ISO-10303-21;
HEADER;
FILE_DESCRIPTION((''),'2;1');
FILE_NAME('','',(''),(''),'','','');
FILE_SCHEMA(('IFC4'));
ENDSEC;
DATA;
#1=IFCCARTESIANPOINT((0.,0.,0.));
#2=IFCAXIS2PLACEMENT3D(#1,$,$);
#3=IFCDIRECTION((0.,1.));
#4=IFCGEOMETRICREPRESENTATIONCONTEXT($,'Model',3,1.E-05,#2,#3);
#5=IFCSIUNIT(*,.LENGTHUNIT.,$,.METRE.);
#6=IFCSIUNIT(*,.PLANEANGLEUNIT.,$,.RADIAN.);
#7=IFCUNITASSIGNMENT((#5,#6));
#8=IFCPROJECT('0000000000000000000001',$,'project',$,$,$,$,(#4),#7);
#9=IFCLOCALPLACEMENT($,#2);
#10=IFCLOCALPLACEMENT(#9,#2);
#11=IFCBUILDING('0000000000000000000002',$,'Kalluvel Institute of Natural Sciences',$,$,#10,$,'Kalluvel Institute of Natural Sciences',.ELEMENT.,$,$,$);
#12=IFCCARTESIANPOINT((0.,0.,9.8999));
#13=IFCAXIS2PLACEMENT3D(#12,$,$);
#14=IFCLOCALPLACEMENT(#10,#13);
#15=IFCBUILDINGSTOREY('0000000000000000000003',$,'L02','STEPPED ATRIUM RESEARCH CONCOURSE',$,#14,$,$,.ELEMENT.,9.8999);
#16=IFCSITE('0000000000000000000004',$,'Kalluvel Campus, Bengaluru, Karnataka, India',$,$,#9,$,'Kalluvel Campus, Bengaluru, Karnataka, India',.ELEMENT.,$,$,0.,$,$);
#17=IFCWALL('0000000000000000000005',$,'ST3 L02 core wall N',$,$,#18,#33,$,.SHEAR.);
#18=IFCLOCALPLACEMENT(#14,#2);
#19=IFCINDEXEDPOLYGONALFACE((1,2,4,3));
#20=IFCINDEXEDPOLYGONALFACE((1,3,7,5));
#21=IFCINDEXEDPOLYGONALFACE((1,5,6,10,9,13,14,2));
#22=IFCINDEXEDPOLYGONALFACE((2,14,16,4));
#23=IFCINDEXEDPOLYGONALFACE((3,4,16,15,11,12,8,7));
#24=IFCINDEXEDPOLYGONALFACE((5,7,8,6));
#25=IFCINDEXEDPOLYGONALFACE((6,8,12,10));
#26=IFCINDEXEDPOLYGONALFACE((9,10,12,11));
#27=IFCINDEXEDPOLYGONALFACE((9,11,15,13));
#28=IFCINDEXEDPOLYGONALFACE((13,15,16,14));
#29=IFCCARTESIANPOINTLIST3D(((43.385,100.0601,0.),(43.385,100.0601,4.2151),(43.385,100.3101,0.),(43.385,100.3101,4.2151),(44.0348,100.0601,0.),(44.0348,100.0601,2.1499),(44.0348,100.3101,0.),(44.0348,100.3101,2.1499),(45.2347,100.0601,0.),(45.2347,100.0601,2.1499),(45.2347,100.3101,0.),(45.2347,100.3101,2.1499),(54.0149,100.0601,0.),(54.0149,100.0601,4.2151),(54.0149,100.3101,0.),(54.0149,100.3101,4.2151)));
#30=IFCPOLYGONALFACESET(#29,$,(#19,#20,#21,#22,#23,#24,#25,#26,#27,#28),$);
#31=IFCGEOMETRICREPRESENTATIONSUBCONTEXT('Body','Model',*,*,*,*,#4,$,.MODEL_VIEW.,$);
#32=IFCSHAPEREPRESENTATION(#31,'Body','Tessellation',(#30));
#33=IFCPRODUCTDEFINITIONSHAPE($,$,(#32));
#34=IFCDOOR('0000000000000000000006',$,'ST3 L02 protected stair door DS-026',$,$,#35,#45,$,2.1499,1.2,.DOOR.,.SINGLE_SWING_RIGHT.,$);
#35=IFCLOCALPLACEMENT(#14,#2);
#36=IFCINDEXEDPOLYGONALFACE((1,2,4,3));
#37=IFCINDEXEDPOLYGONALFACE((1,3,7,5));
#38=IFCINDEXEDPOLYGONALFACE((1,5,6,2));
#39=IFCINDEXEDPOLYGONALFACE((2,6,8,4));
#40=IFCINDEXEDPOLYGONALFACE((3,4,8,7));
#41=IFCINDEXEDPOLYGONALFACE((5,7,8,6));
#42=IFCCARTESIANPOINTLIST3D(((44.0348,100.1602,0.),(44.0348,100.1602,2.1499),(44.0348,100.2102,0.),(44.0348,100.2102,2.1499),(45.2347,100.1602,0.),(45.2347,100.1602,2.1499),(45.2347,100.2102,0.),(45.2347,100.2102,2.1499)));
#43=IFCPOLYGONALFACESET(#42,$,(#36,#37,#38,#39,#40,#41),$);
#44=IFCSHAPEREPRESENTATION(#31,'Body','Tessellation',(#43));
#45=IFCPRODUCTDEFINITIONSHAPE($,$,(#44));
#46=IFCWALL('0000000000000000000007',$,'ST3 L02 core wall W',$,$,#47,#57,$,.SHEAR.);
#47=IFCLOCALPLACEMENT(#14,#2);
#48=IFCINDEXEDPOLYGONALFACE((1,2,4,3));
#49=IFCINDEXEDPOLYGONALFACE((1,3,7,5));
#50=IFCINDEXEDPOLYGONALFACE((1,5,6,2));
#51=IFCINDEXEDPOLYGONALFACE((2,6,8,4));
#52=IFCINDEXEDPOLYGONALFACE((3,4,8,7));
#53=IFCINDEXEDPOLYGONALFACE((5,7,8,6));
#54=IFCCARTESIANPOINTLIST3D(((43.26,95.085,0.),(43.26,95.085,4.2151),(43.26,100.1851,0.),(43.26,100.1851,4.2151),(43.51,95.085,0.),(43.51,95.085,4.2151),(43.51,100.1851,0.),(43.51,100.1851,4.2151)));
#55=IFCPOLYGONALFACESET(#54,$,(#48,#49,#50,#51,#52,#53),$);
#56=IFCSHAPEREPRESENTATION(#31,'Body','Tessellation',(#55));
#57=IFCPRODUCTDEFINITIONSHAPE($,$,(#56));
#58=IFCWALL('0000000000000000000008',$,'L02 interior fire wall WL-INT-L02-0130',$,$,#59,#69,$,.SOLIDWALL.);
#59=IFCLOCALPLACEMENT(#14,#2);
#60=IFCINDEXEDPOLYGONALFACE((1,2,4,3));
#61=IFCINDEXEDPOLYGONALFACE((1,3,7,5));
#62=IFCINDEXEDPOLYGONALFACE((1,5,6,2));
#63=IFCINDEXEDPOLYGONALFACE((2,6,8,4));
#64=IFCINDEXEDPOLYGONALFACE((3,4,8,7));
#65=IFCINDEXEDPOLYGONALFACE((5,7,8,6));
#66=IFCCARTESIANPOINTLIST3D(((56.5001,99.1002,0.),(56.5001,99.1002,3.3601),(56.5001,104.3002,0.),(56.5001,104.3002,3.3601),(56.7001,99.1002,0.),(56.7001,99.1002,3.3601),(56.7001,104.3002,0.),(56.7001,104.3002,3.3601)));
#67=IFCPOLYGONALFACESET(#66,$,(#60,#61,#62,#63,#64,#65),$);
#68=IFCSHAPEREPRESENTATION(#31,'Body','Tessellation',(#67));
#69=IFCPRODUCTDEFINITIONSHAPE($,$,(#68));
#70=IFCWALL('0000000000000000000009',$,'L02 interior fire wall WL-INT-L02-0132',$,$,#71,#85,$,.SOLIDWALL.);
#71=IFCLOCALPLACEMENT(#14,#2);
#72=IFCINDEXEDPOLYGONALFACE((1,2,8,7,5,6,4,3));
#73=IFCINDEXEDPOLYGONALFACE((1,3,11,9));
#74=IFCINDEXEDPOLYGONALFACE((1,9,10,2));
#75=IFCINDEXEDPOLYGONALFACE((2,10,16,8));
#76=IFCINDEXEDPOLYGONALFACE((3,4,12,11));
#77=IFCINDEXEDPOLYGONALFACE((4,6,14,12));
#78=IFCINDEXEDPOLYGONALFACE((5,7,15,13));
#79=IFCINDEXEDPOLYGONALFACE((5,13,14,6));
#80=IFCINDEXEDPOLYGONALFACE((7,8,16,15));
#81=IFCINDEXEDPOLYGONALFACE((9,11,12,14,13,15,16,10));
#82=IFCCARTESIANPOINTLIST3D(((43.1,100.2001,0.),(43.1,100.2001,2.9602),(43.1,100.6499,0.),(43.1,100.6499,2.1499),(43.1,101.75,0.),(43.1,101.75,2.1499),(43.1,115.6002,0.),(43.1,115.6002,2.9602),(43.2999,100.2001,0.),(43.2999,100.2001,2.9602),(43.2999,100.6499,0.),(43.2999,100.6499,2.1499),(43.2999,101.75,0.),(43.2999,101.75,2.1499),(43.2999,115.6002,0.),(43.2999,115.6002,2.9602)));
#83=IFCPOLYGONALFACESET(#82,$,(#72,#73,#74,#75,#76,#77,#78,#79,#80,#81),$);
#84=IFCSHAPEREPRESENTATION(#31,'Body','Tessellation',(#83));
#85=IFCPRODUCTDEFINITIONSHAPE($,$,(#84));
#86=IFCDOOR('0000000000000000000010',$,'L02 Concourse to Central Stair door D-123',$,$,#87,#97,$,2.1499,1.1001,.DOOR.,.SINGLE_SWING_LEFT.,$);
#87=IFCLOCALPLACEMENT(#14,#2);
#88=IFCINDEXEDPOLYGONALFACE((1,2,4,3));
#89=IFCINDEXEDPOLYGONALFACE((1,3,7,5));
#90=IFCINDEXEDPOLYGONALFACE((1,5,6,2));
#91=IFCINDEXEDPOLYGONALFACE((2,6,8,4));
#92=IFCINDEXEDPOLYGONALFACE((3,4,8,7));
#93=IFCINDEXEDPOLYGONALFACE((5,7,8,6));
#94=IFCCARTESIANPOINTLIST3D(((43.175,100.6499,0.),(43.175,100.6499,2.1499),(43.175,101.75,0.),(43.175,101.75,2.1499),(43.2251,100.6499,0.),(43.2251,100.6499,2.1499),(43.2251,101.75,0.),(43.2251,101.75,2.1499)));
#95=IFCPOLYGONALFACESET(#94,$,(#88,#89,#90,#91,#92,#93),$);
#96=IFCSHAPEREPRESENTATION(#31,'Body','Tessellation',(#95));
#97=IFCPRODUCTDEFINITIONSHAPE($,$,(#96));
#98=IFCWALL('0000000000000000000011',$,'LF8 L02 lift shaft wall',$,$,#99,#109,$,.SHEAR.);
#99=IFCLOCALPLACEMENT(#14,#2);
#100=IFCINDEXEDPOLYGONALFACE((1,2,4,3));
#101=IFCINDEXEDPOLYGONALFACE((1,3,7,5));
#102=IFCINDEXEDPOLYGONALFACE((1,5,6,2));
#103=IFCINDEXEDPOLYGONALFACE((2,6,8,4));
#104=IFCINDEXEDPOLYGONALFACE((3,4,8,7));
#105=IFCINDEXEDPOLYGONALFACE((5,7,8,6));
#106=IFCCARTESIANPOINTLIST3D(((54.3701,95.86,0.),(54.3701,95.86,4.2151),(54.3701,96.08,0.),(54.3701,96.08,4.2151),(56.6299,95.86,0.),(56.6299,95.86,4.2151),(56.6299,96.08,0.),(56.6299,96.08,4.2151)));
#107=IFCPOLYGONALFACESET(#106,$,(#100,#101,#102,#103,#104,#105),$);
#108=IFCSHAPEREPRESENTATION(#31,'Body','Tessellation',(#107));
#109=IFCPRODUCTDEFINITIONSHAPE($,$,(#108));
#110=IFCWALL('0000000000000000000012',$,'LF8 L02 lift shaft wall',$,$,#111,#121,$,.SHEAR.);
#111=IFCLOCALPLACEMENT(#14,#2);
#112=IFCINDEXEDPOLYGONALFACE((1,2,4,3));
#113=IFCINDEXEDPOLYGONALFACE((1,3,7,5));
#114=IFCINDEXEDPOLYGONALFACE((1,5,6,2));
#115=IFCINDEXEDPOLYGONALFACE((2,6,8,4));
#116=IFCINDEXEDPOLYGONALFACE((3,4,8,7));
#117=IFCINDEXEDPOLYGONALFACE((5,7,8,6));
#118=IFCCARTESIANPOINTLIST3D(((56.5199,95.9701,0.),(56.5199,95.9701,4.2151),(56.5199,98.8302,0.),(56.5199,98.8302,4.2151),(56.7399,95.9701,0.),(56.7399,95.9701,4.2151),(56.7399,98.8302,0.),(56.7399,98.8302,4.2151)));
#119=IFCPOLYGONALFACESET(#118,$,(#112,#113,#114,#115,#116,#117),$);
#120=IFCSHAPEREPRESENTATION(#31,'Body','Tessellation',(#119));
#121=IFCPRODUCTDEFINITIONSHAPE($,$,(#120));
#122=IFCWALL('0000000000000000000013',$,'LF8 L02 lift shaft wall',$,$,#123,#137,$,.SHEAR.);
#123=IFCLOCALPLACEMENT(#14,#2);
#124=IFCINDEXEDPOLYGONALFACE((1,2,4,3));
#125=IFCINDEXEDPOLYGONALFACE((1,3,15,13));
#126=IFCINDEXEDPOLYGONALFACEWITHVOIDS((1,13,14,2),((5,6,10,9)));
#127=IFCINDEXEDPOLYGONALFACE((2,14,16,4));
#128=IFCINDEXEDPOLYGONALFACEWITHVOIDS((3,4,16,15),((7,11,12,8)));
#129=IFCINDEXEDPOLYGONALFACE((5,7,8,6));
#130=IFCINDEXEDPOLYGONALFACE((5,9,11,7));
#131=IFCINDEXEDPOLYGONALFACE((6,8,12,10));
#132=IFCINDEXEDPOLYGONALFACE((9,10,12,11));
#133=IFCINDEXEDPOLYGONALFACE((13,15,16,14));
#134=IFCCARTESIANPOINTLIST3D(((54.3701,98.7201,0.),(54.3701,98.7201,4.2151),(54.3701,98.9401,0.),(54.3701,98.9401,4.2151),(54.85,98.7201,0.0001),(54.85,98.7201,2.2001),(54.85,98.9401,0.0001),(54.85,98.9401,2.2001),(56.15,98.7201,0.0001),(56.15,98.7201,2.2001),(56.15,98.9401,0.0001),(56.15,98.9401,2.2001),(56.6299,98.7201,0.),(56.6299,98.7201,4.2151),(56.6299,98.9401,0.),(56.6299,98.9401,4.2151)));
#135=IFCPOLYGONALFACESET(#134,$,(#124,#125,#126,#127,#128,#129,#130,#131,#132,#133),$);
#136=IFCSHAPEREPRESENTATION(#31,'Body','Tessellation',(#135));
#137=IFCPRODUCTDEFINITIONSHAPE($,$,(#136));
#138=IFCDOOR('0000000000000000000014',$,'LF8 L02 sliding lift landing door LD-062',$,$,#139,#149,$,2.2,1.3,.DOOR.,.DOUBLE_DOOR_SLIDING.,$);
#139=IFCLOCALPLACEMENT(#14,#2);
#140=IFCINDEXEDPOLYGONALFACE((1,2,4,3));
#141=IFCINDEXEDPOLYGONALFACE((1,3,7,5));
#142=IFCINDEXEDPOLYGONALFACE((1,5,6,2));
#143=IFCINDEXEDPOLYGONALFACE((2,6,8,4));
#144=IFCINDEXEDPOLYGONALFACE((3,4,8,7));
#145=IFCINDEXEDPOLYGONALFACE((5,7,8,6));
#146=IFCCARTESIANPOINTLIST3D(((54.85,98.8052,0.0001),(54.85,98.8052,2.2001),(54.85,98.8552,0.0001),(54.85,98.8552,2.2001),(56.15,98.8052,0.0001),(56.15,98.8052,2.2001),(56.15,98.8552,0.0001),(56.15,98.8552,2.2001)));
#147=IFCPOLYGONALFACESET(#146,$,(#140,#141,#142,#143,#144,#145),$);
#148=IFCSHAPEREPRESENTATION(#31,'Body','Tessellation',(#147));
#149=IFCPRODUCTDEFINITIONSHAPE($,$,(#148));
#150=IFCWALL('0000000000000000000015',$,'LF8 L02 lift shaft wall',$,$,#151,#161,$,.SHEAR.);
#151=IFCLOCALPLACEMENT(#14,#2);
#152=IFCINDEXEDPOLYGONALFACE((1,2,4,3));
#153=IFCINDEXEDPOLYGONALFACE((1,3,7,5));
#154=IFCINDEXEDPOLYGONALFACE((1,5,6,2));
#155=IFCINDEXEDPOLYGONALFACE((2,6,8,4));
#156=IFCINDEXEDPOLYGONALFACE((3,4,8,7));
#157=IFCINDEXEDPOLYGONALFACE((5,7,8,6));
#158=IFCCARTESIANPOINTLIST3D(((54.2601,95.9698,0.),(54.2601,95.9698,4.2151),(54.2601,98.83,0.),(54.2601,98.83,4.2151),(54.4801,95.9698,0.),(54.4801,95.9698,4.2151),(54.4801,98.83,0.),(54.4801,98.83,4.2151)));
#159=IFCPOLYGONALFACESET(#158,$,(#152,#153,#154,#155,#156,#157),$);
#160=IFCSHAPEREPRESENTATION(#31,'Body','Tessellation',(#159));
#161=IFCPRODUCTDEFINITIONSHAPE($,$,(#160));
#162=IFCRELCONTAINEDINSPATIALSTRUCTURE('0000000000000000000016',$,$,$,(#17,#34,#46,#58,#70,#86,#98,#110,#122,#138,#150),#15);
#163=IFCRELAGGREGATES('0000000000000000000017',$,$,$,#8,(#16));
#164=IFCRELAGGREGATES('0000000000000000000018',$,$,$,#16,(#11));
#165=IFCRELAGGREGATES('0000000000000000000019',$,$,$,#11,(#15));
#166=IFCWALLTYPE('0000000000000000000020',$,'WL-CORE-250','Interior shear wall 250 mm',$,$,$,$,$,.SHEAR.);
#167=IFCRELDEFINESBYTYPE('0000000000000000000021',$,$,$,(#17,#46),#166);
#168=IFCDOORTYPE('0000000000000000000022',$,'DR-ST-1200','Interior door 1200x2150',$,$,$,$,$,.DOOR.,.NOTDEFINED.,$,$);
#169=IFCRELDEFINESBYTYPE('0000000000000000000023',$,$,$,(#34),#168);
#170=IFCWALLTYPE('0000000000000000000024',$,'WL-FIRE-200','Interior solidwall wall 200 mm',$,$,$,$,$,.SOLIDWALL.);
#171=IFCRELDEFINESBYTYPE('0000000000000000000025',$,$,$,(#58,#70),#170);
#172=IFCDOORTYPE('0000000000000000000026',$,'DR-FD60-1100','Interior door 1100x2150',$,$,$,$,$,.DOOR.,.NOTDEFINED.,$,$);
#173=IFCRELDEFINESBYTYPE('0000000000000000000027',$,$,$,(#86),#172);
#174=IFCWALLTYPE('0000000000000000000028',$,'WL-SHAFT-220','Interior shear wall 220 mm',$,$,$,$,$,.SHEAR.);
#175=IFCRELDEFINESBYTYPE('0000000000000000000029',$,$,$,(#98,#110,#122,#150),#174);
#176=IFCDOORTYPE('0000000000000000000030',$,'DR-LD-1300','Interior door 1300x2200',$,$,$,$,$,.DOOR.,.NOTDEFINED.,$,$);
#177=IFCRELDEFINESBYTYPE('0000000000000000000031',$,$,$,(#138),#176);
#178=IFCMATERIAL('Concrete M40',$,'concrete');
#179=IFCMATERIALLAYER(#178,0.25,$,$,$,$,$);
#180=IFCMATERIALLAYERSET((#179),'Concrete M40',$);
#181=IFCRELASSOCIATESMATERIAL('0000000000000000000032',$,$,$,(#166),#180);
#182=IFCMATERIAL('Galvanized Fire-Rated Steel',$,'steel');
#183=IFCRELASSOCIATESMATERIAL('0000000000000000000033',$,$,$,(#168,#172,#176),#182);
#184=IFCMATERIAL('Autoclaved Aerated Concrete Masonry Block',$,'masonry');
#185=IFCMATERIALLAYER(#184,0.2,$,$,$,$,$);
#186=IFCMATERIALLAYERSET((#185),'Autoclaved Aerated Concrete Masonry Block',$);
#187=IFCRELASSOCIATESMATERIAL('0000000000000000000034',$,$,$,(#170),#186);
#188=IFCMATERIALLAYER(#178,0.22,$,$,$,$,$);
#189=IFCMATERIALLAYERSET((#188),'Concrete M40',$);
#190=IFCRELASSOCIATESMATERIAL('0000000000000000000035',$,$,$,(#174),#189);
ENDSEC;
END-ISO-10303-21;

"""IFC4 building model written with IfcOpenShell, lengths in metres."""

from ifc_helpers import new_model, si_unit, direction, frame, frame_2d, origin, place, context, subcontext, project, spatial, rectangle, extrude, material, layer, layer_set, type_object, element, fill, save


model = new_model("IFC4")

# Units and contexts
model_context = context("Model", 3, precision=1e-05, world=origin(), true_north=direction((0.0, 1.0)))
body_context = subcontext(model_context, "Body", "Model", "MODEL_VIEW")
ifc_project = project(units=[si_unit("LENGTHUNIT", "METRE"), si_unit("PLANEANGLEUNIT", "RADIAN")], contexts=[model_context])

# Site, building, storey
site_placement = place(None, origin())
site = spatial("IfcSite", under=ifc_project, at=site_placement, Name="Kalluvel Campus, Bengaluru, Karnataka, India", LongName="Kalluvel Campus, Bengaluru, Karnataka, India", CompositionType="ELEMENT", RefElevation=0.0)
building_placement = place(site_placement, origin())
building = spatial("IfcBuilding", under=site, at=building_placement, Name="Kalluvel Institute of Natural Sciences", LongName="Kalluvel Institute of Natural Sciences", CompositionType="ELEMENT")
storey_placement = place(building_placement, frame((0.0, 0.0, 9.8999)))
storey = spatial("IfcBuildingStorey", under=building, at=storey_placement, Name="L02", Description="STEPPED ATRIUM RESEARCH CONCOURSE", CompositionType="ELEMENT", Elevation=9.8999)

# Shared definitions
ifc_material_1 = material(Name="Concrete M40", Category="concrete")

# Shared definitions
ifc_layer_1 = layer(ifc_material_1, 0.25)
ifc_layer_set_1 = layer_set([ifc_layer_1], Name="Concrete M40")
wall_type_1 = type_object("IfcWallType", Name="WL-CORE-250", Description="Interior shear wall 250 mm", PredefinedType="SHEAR", material=ifc_layer_set_1)

# Wall, opening, door
wall_1_placement = place(storey_placement, frame((54.0149, 100.1851, 0.0), z_axis=(0.0, 0.0, 1.0), x_axis=(-1.0, 0.0, 0.0)))
wall_1 = element("IfcWall", 1, at=wall_1_placement, inside=storey, type_object=wall_type_1, Name="ST3 L02 core wall N", PredefinedType="SHEAR", context=body_context, shape_type="SweptSolid", body=[
    extrude(rectangle(XDim=10.6299, YDim=0.25, at=frame_2d((5.3149, 0.0))), origin(), (0.0, 0.0, 1.0), 4.2151),
])
opening_1_placement = place(wall_1_placement, frame((8.78, 0.0, 0.0)))
opening_1 = element("IfcOpeningElement", 2, at=opening_1_placement, cuts=wall_1, PredefinedType="OPENING", context=body_context, shape_type="SweptSolid", body=[
    extrude(rectangle(XDim=1.2, YDim=2.1499, at=frame_2d((0.6001, 1.075))), frame((0.0, 0.135, 0.0), z_axis=(0.0, -1.0, 0.0), x_axis=(1.0, 0.0, 0.0)), (0.0, 0.0, 1.0), 0.27),
])
ifc_material_2 = material(Name="Galvanized Fire-Rated Steel", Category="steel")
door_type_1 = type_object("IfcDoorType", Name="DR-ST-1200", Description="Interior door 1200x2150", OperationType="NOTDEFINED", PredefinedType="DOOR", material=ifc_material_2)
door_1_placement = place(opening_1_placement, origin())
door_1 = element("IfcDoor", 3, at=door_1_placement, inside=storey, type_object=door_type_1, Name="ST3 L02 protected stair door DS-026", OperationType="SINGLE_SWING_RIGHT", OverallHeight=2.1499, OverallWidth=1.2, PredefinedType="DOOR", context=body_context, shape_type="SweptSolid", body=[
    extrude(rectangle(XDim=1.2, YDim=2.1499, at=frame_2d((0.6001, 1.075))), frame((0.0, 0.0249, 0.0), z_axis=(0.0, -1.0, 0.0), x_axis=(1.0, 0.0, 0.0)), (0.0, 0.0, 1.0), 0.05),
])
fill(opening_1, door_1)

# Wall
wall_2_placement = place(storey_placement, frame((43.385, 100.1851, 0.0), z_axis=(0.0, 0.0, 1.0), x_axis=(0.0, -1.0, 0.0)))
element("IfcWall", 4, at=wall_2_placement, inside=storey, type_object=wall_type_1, Name="ST3 L02 core wall W", PredefinedType="SHEAR", context=body_context, shape_type="SweptSolid", body=[
    extrude(rectangle(XDim=5.1001, YDim=0.25, at=frame_2d((2.55, 0.0))), origin(), (0.0, 0.0, 1.0), 4.2151),
])

# Shared definitions
ifc_material_3 = material(Name="Autoclaved Aerated Concrete Masonry Block", Category="masonry")
ifc_layer_2 = layer(ifc_material_3, 0.2)
ifc_layer_set_2 = layer_set([ifc_layer_2], Name="Autoclaved Aerated Concrete Masonry Block")
wall_type_2 = type_object("IfcWallType", Name="WL-FIRE-200", Description="Interior solidwall wall 200 mm", PredefinedType="SOLIDWALL", material=ifc_layer_set_2)
door_type_2 = type_object("IfcDoorType", Name="DR-FD60-1100", Description="Interior door 1100x2150", OperationType="NOTDEFINED", PredefinedType="DOOR", material=ifc_material_2)

# Wall
wall_3_placement = place(storey_placement, frame((56.6001, 99.1001, 0.0), z_axis=(0.0, 0.0, 1.0), x_axis=(0.0, 1.0, 0.0)))
element("IfcWall", 5, at=wall_3_placement, inside=storey, type_object=wall_type_2, Name="L02 interior fire wall WL-INT-L02-0130", PredefinedType="SOLIDWALL", context=body_context, shape_type="SweptSolid", body=[
    extrude(rectangle(XDim=5.2, YDim=0.2, at=frame_2d((2.6001, 0.0))), origin(), (0.0, 0.0, 1.0), 3.3601),
])

# Wall, opening, door
wall_4_placement = place(storey_placement, frame((43.2, 100.2, 0.0), z_axis=(0.0, 0.0, 1.0), x_axis=(0.0, 1.0, 0.0)))
wall_4 = element("IfcWall", 6, at=wall_4_placement, inside=storey, type_object=wall_type_2, Name="L02 interior fire wall WL-INT-L02-0132", PredefinedType="SOLIDWALL", context=body_context, shape_type="SweptSolid", body=[
    extrude(rectangle(XDim=15.4001, YDim=0.2, at=frame_2d((7.7002, 0.0))), origin(), (0.0, 0.0, 1.0), 2.9602),
])
opening_2_placement = place(wall_4_placement, frame((0.45, 0.0, 0.0)))
opening_2 = element("IfcOpeningElement", 7, at=opening_2_placement, cuts=wall_4, PredefinedType="OPENING", context=body_context, shape_type="SweptSolid", body=[
    extrude(rectangle(XDim=1.1001, YDim=2.1499, at=frame_2d((0.55, 1.075))), frame((0.0, 0.1099, 0.0), z_axis=(0.0, -1.0, 0.0), x_axis=(1.0, 0.0, 0.0)), (0.0, 0.0, 1.0), 0.22),
])
door_2_placement = place(opening_2_placement, origin())
door_2 = element("IfcDoor", 8, at=door_2_placement, inside=storey, type_object=door_type_2, Name="L02 Concourse to Central Stair door D-123", OperationType="SINGLE_SWING_LEFT", OverallHeight=2.1499, OverallWidth=1.1001, PredefinedType="DOOR", context=body_context, shape_type="SweptSolid", body=[
    extrude(rectangle(XDim=1.1001, YDim=2.1499, at=frame_2d((0.55, 1.075))), frame((0.0, 0.0249, 0.0), z_axis=(0.0, -1.0, 0.0), x_axis=(1.0, 0.0, 0.0)), (0.0, 0.0, 1.0), 0.05),
])
fill(opening_2, door_2)

# Walls
ifc_layer_3 = layer(ifc_material_1, 0.22)
ifc_layer_set_3 = layer_set([ifc_layer_3], Name="Concrete M40")
wall_type_3 = type_object("IfcWallType", Name="WL-SHAFT-220", Description="Interior shear wall 220 mm", PredefinedType="SHEAR", material=ifc_layer_set_3)
wall_5_placement = place(storey_placement, frame((54.3701, 95.97, 0.0), z_axis=(0.0, 0.0, 1.0), x_axis=(1.0, 0.0, 0.0)))
element("IfcWall", 9, at=wall_5_placement, inside=storey, type_object=wall_type_3, Name="LF8 L02 lift shaft wall", PredefinedType="SHEAR", context=body_context, shape_type="SweptSolid", body=[
    extrude(rectangle(XDim=2.2598, YDim=0.22, at=frame_2d((1.1299, 0.0))), origin(), (0.0, 0.0, 1.0), 4.2151),
])
wall_6_placement = place(storey_placement, frame((56.6299, 95.97, 0.0), z_axis=(0.0, 0.0, 1.0), x_axis=(0.0, 1.0, 0.0)))
element("IfcWall", 10, at=wall_6_placement, inside=storey, type_object=wall_type_3, Name="LF8 L02 lift shaft wall", PredefinedType="SHEAR", context=body_context, shape_type="SweptSolid", body=[
    extrude(rectangle(XDim=2.8601, YDim=0.22, at=frame_2d((1.4302, 0.0))), origin(), (0.0, 0.0, 1.0), 4.2151),
])

# Wall, opening, door
wall_7_placement = place(storey_placement, frame((56.6299, 98.8301, 0.0), z_axis=(0.0, 0.0, 1.0), x_axis=(-1.0, 0.0, 0.0)))
wall_7 = element("IfcWall", 11, at=wall_7_placement, inside=storey, type_object=wall_type_3, Name="LF8 L02 lift shaft wall", PredefinedType="SHEAR", context=body_context, shape_type="SweptSolid", body=[
    extrude(rectangle(XDim=2.2598, YDim=0.22, at=frame_2d((1.1299, 0.0))), origin(), (0.0, 0.0, 1.0), 4.2151),
])
opening_3_placement = place(wall_7_placement, frame((0.48, 0.0, 0.0)))
opening_3 = element("IfcOpeningElement", 12, at=opening_3_placement, cuts=wall_7, PredefinedType="OPENING", context=body_context, shape_type="SweptSolid", body=[
    extrude(rectangle(XDim=1.3, YDim=2.2, at=frame_2d((0.6499, 1.1001))), frame((0.0, 0.1199, 0.0), z_axis=(0.0, -1.0, 0.0), x_axis=(1.0, 0.0, 0.0)), (0.0, 0.0, 1.0), 0.24),
])
door_type_3 = type_object("IfcDoorType", Name="DR-LD-1300", Description="Interior door 1300x2200", OperationType="NOTDEFINED", PredefinedType="DOOR", material=ifc_material_2)
door_3_placement = place(opening_3_placement, origin())
door_3 = element("IfcDoor", 13, at=door_3_placement, inside=storey, type_object=door_type_3, Name="LF8 L02 sliding lift landing door LD-062", OperationType="DOUBLE_DOOR_SLIDING", OverallHeight=2.2, OverallWidth=1.3, PredefinedType="DOOR", context=body_context, shape_type="SweptSolid", body=[
    extrude(rectangle(XDim=1.3, YDim=2.2, at=frame_2d((0.6499, 1.1001))), frame((0.0, 0.0249, 0.0), z_axis=(0.0, -1.0, 0.0), x_axis=(1.0, 0.0, 0.0)), (0.0, 0.0, 1.0), 0.05),
])
fill(opening_3, door_3)

# Wall
wall_8_placement = place(storey_placement, frame((54.3701, 98.8301, 0.0), z_axis=(0.0, 0.0, 1.0), x_axis=(0.0, -1.0, 0.0)))
element("IfcWall", 14, at=wall_8_placement, inside=storey, type_object=wall_type_3, Name="LF8 L02 lift shaft wall", PredefinedType="SHEAR", context=body_context, shape_type="SweptSolid", body=[
    extrude(rectangle(XDim=2.8601, YDim=0.22, at=frame_2d((1.4302, 0.0))), origin(), (0.0, 0.0, 1.0), 4.2151),
])

save(model, "model.ifc")
